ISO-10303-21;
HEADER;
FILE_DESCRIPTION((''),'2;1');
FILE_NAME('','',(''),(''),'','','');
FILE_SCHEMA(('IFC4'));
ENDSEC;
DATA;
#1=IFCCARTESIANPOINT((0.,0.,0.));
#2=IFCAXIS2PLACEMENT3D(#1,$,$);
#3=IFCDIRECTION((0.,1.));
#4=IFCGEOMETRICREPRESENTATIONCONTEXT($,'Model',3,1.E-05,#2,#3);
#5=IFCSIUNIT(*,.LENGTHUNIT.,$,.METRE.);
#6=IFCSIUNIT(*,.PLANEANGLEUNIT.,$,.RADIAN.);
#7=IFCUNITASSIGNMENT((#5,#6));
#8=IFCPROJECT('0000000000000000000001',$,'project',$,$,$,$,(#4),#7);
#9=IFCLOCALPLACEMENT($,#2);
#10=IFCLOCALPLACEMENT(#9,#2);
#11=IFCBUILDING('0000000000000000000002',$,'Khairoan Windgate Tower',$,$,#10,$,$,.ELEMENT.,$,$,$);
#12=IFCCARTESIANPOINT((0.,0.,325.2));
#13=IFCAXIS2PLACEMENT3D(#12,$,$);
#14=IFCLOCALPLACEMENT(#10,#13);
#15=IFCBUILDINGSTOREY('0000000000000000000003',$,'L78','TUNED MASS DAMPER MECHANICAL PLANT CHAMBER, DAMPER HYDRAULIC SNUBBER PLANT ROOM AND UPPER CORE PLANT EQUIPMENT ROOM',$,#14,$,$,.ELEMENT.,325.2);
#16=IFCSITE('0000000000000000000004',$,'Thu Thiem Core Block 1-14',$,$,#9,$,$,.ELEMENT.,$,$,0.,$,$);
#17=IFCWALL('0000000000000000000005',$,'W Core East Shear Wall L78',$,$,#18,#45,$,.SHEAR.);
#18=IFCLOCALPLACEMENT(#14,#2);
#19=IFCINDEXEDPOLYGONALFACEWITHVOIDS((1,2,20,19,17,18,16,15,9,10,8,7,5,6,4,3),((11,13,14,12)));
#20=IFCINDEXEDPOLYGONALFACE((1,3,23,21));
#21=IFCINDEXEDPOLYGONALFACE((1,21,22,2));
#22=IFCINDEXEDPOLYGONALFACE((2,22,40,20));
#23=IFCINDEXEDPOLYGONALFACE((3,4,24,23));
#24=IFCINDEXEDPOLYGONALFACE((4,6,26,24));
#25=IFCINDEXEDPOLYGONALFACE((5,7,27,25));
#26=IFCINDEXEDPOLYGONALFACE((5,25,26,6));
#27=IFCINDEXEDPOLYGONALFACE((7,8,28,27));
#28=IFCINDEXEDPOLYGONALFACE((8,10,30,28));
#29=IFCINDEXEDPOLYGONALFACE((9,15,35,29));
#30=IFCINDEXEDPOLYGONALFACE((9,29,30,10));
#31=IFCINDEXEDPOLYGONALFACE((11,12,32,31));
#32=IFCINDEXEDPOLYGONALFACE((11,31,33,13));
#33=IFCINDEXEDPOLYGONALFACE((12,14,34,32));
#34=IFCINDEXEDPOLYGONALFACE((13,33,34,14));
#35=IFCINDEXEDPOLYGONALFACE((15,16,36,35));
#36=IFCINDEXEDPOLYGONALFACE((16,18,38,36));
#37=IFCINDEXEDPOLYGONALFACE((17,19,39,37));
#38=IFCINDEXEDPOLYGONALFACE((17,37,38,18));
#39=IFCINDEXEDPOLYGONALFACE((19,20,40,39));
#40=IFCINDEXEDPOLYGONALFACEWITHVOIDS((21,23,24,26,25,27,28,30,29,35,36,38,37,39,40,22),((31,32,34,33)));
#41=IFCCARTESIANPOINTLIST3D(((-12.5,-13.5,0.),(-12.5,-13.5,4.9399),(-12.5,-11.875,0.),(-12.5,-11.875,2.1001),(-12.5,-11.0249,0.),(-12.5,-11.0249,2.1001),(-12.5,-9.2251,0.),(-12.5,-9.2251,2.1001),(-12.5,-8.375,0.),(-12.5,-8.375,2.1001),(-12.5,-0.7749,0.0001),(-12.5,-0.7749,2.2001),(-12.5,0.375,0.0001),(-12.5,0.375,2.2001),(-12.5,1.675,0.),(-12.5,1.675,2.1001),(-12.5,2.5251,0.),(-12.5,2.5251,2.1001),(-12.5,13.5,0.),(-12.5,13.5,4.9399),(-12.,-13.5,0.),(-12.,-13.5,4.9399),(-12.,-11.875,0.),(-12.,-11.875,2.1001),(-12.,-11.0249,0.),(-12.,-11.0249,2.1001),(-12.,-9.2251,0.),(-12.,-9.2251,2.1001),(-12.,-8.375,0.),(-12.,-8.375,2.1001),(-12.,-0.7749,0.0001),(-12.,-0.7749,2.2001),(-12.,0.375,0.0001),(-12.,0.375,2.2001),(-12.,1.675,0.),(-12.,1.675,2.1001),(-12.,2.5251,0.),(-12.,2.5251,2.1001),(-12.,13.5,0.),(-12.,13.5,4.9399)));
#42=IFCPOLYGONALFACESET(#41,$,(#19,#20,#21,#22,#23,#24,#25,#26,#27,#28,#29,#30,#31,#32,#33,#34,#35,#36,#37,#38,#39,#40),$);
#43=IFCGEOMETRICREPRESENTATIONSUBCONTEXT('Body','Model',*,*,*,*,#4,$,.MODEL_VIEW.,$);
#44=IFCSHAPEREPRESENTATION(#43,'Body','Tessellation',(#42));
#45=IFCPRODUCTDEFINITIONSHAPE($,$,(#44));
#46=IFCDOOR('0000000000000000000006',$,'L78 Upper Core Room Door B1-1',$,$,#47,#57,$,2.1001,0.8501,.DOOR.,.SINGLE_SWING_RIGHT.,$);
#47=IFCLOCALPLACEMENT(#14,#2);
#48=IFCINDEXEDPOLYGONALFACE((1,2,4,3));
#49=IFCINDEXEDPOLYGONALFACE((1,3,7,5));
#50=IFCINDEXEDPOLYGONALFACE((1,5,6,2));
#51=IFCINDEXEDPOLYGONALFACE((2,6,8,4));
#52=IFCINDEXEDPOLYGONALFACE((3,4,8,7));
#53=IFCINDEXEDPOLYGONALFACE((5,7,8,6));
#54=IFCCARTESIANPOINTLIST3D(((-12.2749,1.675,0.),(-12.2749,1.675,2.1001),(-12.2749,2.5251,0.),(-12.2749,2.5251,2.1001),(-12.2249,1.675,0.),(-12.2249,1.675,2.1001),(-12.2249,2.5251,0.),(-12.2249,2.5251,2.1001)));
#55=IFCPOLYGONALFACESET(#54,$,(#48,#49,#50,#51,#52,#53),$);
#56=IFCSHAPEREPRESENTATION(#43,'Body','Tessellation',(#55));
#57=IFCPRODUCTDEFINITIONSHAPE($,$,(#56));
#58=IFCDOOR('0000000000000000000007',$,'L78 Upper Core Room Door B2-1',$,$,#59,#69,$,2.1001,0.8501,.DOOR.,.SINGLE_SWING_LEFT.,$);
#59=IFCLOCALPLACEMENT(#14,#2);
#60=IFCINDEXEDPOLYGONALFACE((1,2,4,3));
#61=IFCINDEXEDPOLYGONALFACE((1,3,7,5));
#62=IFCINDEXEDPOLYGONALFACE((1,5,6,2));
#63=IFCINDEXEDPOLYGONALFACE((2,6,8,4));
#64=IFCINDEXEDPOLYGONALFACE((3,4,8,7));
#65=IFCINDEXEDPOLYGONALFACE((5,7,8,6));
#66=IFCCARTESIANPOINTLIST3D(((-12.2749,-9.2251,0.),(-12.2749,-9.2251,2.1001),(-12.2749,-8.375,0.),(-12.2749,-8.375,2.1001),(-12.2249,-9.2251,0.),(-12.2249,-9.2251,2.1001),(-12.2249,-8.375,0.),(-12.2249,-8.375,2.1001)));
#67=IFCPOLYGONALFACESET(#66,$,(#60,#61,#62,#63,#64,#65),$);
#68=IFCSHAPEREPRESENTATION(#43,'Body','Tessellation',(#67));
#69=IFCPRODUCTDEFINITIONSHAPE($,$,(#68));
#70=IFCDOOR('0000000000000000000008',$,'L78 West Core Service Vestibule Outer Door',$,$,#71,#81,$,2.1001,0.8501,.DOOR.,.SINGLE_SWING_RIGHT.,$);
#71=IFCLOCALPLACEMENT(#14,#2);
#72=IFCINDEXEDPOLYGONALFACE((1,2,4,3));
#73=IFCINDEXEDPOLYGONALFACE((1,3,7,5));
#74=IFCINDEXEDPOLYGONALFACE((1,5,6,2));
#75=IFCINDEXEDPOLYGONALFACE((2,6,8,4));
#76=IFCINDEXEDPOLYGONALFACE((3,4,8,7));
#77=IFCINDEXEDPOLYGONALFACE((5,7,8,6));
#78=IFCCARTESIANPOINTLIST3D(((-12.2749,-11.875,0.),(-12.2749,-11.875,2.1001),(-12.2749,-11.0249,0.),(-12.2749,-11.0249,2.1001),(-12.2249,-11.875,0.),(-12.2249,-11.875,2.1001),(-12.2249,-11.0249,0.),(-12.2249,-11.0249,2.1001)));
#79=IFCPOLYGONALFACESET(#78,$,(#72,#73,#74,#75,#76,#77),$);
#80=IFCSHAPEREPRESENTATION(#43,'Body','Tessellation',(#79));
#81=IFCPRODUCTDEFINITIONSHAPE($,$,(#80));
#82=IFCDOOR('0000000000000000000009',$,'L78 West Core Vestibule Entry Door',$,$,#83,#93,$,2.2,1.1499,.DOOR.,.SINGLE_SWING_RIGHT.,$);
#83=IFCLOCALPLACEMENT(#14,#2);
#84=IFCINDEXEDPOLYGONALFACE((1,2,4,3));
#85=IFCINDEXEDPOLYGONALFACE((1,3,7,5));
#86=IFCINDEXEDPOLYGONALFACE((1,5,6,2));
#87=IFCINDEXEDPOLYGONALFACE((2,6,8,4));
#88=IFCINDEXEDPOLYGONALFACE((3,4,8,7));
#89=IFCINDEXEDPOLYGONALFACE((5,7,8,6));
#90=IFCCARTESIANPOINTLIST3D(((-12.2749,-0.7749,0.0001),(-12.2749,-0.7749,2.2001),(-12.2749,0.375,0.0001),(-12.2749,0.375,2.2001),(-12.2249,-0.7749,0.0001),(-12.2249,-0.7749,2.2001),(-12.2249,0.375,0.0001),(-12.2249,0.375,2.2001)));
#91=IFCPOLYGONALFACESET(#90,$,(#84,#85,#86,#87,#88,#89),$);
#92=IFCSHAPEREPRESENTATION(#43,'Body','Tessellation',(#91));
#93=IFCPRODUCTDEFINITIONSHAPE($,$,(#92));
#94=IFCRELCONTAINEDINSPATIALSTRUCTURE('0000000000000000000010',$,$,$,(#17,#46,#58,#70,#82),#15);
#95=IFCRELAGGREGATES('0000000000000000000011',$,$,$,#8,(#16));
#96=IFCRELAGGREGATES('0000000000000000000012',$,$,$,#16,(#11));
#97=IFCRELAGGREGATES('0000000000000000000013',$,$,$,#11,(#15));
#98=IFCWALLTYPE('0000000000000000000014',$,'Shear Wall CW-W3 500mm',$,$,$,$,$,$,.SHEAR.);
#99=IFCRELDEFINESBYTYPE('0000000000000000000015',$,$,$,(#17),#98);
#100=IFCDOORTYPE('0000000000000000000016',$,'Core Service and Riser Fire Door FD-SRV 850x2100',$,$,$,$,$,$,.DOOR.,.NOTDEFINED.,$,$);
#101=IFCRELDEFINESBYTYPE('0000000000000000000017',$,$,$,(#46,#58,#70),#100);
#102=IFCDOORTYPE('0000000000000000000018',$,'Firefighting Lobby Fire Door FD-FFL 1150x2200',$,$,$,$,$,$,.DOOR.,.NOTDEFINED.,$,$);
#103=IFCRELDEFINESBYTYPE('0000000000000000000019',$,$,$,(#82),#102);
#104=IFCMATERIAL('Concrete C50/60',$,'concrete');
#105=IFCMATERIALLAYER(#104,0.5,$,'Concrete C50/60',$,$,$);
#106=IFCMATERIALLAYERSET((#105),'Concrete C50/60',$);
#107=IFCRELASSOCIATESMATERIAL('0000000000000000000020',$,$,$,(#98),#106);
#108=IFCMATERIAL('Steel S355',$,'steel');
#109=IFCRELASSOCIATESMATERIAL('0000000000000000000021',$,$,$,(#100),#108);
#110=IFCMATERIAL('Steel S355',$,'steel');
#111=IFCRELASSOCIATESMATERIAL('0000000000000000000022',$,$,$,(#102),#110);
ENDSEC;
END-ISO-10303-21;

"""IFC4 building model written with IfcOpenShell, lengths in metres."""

from ifc_helpers import new_model, si_unit, direction, frame, frame_2d, origin, place, context, subcontext, project, spatial, rectangle, extrude, material, layer, layer_set, type_object, element, fill, save


model = new_model("IFC4")

# Units and contexts
model_context = context("Model", 3, precision=1e-05, world=origin(), true_north=direction((0.0, 1.0)))
body_context = subcontext(model_context, "Body", "Model", "MODEL_VIEW")
ifc_project = project(units=[si_unit("LENGTHUNIT", "METRE"), si_unit("PLANEANGLEUNIT", "RADIAN")], contexts=[model_context])

# Site, building, storey
site_placement = place(None, origin())
site = spatial("IfcSite", under=ifc_project, at=site_placement, Name="Thu Thiem Core Block 1-14", CompositionType="ELEMENT", RefElevation=0.0)
building_placement = place(site_placement, origin())
building = spatial("IfcBuilding", under=site, at=building_placement, Name="Khairoan Windgate Tower", CompositionType="ELEMENT")
storey_placement = place(building_placement, frame((0.0, 0.0, 325.2)))
storey = spatial("IfcBuildingStorey", under=building, at=storey_placement, Name="L78", Description="TUNED MASS DAMPER MECHANICAL PLANT CHAMBER, DAMPER HYDRAULIC SNUBBER PLANT ROOM AND UPPER CORE PLANT EQUIPMENT ROOM", CompositionType="ELEMENT", Elevation=325.2)

# Wall, openings, doors
ifc_material_1 = material(Name="Concrete C50/60", Category="concrete")
ifc_layer = layer(ifc_material_1, 0.5, Name="Concrete C50/60")
ifc_layer_set = layer_set([ifc_layer], Name="Concrete C50/60")
wall_type = type_object("IfcWallType", Name="Shear Wall CW-W3 500mm", PredefinedType="SHEAR", material=ifc_layer_set)
wall_placement = place(storey_placement, frame((-12.25, -13.5, 0.0), z_axis=(0.0, 0.0, 1.0), x_axis=(0.0, 1.0, 0.0)))
wall = element("IfcWall", 1, at=wall_placement, inside=storey, type_object=wall_type, Name="W Core East Shear Wall L78", PredefinedType="SHEAR", context=body_context, shape_type="SweptSolid", body=[
    extrude(rectangle(XDim=27.0, YDim=0.5, at=frame_2d((13.5, 0.0))), origin(), (0.0, 0.0, 1.0), 4.9399),
])
opening_1_placement = place(wall_placement, frame((15.175, 0.0, 0.0)))
opening_1 = element("IfcOpeningElement", 2, at=opening_1_placement, cuts=wall, PredefinedType="OPENING", context=body_context, shape_type="SweptSolid", body=[
    extrude(rectangle(XDim=0.8501, YDim=2.1001, at=frame_2d((0.425, 1.05))), frame((0.0, 0.26, 0.0), z_axis=(0.0, -1.0, 0.0), x_axis=(1.0, 0.0, 0.0)), (0.0, 0.0, 1.0), 0.52),
])
opening_2_placement = place(wall_placement, frame((4.2749, 0.0, 0.0)))
opening_2 = element("IfcOpeningElement", 3, at=opening_2_placement, cuts=wall, PredefinedType="OPENING", context=body_context, shape_type="SweptSolid", body=[
    extrude(rectangle(XDim=0.8501, YDim=2.1001, at=frame_2d((0.425, 1.05))), frame((0.0, 0.26, 0.0), z_axis=(0.0, -1.0, 0.0), x_axis=(1.0, 0.0, 0.0)), (0.0, 0.0, 1.0), 0.52),
])
opening_3_placement = place(wall_placement, frame((12.7251, 0.0, 0.0)))
opening_3 = element("IfcOpeningElement", 4, at=opening_3_placement, cuts=wall, PredefinedType="OPENING", context=body_context, shape_type="SweptSolid", body=[
    extrude(rectangle(XDim=1.1499, YDim=2.2, at=frame_2d((0.575, 1.1001))), frame((0.0, 0.26, 0.0), z_axis=(0.0, -1.0, 0.0), x_axis=(1.0, 0.0, 0.0)), (0.0, 0.0, 1.0), 0.52),
])
opening_4_placement = place(wall_placement, frame((1.625, 0.0, 0.0)))
opening_4 = element("IfcOpeningElement", 5, at=opening_4_placement, cuts=wall, PredefinedType="OPENING", context=body_context, shape_type="SweptSolid", body=[
    extrude(rectangle(XDim=0.8501, YDim=2.1001, at=frame_2d((0.425, 1.05))), frame((0.0, 0.26, 0.0), z_axis=(0.0, -1.0, 0.0), x_axis=(1.0, 0.0, 0.0)), (0.0, 0.0, 1.0), 0.52),
])
ifc_material_2 = material(Name="Steel S355", Category="steel")
door_type_1 = type_object("IfcDoorType", Name="Core Service and Riser Fire Door FD-SRV 850x2100", OperationType="NOTDEFINED", PredefinedType="DOOR", material=ifc_material_2)
door_1_placement = place(opening_1_placement, origin())
door_1 = element("IfcDoor", 6, at=door_1_placement, inside=storey, type_object=door_type_1, Name="L78 Upper Core Room Door B1-1", OperationType="SINGLE_SWING_RIGHT", OverallHeight=2.1001, OverallWidth=0.8501, PredefinedType="DOOR", context=body_context, shape_type="SweptSolid", body=[
    extrude(rectangle(XDim=0.8501, YDim=2.1001, at=frame_2d((0.425, 1.05))), frame((0.0, 0.0249, 0.0), z_axis=(0.0, -1.0, 0.0), x_axis=(1.0, 0.0, 0.0)), (0.0, 0.0, 1.0), 0.05),
])
fill(opening_1, door_1)
door_2_placement = place(opening_2_placement, origin())
door_2 = element("IfcDoor", 7, at=door_2_placement, inside=storey, type_object=door_type_1, Name="L78 Upper Core Room Door B2-1", OperationType="SINGLE_SWING_LEFT", OverallHeight=2.1001, OverallWidth=0.8501, PredefinedType="DOOR", context=body_context, shape_type="SweptSolid", body=[
    extrude(rectangle(XDim=0.8501, YDim=2.1001, at=frame_2d((0.425, 1.05))), frame((0.0, 0.0249, 0.0), z_axis=(0.0, -1.0, 0.0), x_axis=(1.0, 0.0, 0.0)), (0.0, 0.0, 1.0), 0.05),
])
fill(opening_2, door_2)
door_3_placement = place(opening_4_placement, origin())
door_3 = element("IfcDoor", 8, at=door_3_placement, inside=storey, type_object=door_type_1, Name="L78 West Core Service Vestibule Outer Door", OperationType="SINGLE_SWING_RIGHT", OverallHeight=2.1001, OverallWidth=0.8501, PredefinedType="DOOR", context=body_context, shape_type="SweptSolid", body=[
    extrude(rectangle(XDim=0.8501, YDim=2.1001, at=frame_2d((0.425, 1.05))), frame((0.0, 0.0249, 0.0), z_axis=(0.0, -1.0, 0.0), x_axis=(1.0, 0.0, 0.0)), (0.0, 0.0, 1.0), 0.05),
])
fill(opening_4, door_3)
ifc_material_3 = material(Name="Steel S355", Category="steel")
door_type_2 = type_object("IfcDoorType", Name="Firefighting Lobby Fire Door FD-FFL 1150x2200", OperationType="NOTDEFINED", PredefinedType="DOOR", material=ifc_material_3)
door_4_placement = place(opening_3_placement, origin())
door_4 = element("IfcDoor", 9, at=door_4_placement, inside=storey, type_object=door_type_2, Name="L78 West Core Vestibule Entry Door", OperationType="SINGLE_SWING_RIGHT", OverallHeight=2.2, OverallWidth=1.1499, PredefinedType="DOOR", context=body_context, shape_type="SweptSolid", body=[
    extrude(rectangle(XDim=1.1499, YDim=2.2, at=frame_2d((0.575, 1.1001))), frame((0.0, 0.0249, 0.0), z_axis=(0.0, -1.0, 0.0), x_axis=(1.0, 0.0, 0.0)), (0.0, 0.0, 1.0), 0.05),
])
fill(opening_3, door_4)

save(model, "model.ifc")
